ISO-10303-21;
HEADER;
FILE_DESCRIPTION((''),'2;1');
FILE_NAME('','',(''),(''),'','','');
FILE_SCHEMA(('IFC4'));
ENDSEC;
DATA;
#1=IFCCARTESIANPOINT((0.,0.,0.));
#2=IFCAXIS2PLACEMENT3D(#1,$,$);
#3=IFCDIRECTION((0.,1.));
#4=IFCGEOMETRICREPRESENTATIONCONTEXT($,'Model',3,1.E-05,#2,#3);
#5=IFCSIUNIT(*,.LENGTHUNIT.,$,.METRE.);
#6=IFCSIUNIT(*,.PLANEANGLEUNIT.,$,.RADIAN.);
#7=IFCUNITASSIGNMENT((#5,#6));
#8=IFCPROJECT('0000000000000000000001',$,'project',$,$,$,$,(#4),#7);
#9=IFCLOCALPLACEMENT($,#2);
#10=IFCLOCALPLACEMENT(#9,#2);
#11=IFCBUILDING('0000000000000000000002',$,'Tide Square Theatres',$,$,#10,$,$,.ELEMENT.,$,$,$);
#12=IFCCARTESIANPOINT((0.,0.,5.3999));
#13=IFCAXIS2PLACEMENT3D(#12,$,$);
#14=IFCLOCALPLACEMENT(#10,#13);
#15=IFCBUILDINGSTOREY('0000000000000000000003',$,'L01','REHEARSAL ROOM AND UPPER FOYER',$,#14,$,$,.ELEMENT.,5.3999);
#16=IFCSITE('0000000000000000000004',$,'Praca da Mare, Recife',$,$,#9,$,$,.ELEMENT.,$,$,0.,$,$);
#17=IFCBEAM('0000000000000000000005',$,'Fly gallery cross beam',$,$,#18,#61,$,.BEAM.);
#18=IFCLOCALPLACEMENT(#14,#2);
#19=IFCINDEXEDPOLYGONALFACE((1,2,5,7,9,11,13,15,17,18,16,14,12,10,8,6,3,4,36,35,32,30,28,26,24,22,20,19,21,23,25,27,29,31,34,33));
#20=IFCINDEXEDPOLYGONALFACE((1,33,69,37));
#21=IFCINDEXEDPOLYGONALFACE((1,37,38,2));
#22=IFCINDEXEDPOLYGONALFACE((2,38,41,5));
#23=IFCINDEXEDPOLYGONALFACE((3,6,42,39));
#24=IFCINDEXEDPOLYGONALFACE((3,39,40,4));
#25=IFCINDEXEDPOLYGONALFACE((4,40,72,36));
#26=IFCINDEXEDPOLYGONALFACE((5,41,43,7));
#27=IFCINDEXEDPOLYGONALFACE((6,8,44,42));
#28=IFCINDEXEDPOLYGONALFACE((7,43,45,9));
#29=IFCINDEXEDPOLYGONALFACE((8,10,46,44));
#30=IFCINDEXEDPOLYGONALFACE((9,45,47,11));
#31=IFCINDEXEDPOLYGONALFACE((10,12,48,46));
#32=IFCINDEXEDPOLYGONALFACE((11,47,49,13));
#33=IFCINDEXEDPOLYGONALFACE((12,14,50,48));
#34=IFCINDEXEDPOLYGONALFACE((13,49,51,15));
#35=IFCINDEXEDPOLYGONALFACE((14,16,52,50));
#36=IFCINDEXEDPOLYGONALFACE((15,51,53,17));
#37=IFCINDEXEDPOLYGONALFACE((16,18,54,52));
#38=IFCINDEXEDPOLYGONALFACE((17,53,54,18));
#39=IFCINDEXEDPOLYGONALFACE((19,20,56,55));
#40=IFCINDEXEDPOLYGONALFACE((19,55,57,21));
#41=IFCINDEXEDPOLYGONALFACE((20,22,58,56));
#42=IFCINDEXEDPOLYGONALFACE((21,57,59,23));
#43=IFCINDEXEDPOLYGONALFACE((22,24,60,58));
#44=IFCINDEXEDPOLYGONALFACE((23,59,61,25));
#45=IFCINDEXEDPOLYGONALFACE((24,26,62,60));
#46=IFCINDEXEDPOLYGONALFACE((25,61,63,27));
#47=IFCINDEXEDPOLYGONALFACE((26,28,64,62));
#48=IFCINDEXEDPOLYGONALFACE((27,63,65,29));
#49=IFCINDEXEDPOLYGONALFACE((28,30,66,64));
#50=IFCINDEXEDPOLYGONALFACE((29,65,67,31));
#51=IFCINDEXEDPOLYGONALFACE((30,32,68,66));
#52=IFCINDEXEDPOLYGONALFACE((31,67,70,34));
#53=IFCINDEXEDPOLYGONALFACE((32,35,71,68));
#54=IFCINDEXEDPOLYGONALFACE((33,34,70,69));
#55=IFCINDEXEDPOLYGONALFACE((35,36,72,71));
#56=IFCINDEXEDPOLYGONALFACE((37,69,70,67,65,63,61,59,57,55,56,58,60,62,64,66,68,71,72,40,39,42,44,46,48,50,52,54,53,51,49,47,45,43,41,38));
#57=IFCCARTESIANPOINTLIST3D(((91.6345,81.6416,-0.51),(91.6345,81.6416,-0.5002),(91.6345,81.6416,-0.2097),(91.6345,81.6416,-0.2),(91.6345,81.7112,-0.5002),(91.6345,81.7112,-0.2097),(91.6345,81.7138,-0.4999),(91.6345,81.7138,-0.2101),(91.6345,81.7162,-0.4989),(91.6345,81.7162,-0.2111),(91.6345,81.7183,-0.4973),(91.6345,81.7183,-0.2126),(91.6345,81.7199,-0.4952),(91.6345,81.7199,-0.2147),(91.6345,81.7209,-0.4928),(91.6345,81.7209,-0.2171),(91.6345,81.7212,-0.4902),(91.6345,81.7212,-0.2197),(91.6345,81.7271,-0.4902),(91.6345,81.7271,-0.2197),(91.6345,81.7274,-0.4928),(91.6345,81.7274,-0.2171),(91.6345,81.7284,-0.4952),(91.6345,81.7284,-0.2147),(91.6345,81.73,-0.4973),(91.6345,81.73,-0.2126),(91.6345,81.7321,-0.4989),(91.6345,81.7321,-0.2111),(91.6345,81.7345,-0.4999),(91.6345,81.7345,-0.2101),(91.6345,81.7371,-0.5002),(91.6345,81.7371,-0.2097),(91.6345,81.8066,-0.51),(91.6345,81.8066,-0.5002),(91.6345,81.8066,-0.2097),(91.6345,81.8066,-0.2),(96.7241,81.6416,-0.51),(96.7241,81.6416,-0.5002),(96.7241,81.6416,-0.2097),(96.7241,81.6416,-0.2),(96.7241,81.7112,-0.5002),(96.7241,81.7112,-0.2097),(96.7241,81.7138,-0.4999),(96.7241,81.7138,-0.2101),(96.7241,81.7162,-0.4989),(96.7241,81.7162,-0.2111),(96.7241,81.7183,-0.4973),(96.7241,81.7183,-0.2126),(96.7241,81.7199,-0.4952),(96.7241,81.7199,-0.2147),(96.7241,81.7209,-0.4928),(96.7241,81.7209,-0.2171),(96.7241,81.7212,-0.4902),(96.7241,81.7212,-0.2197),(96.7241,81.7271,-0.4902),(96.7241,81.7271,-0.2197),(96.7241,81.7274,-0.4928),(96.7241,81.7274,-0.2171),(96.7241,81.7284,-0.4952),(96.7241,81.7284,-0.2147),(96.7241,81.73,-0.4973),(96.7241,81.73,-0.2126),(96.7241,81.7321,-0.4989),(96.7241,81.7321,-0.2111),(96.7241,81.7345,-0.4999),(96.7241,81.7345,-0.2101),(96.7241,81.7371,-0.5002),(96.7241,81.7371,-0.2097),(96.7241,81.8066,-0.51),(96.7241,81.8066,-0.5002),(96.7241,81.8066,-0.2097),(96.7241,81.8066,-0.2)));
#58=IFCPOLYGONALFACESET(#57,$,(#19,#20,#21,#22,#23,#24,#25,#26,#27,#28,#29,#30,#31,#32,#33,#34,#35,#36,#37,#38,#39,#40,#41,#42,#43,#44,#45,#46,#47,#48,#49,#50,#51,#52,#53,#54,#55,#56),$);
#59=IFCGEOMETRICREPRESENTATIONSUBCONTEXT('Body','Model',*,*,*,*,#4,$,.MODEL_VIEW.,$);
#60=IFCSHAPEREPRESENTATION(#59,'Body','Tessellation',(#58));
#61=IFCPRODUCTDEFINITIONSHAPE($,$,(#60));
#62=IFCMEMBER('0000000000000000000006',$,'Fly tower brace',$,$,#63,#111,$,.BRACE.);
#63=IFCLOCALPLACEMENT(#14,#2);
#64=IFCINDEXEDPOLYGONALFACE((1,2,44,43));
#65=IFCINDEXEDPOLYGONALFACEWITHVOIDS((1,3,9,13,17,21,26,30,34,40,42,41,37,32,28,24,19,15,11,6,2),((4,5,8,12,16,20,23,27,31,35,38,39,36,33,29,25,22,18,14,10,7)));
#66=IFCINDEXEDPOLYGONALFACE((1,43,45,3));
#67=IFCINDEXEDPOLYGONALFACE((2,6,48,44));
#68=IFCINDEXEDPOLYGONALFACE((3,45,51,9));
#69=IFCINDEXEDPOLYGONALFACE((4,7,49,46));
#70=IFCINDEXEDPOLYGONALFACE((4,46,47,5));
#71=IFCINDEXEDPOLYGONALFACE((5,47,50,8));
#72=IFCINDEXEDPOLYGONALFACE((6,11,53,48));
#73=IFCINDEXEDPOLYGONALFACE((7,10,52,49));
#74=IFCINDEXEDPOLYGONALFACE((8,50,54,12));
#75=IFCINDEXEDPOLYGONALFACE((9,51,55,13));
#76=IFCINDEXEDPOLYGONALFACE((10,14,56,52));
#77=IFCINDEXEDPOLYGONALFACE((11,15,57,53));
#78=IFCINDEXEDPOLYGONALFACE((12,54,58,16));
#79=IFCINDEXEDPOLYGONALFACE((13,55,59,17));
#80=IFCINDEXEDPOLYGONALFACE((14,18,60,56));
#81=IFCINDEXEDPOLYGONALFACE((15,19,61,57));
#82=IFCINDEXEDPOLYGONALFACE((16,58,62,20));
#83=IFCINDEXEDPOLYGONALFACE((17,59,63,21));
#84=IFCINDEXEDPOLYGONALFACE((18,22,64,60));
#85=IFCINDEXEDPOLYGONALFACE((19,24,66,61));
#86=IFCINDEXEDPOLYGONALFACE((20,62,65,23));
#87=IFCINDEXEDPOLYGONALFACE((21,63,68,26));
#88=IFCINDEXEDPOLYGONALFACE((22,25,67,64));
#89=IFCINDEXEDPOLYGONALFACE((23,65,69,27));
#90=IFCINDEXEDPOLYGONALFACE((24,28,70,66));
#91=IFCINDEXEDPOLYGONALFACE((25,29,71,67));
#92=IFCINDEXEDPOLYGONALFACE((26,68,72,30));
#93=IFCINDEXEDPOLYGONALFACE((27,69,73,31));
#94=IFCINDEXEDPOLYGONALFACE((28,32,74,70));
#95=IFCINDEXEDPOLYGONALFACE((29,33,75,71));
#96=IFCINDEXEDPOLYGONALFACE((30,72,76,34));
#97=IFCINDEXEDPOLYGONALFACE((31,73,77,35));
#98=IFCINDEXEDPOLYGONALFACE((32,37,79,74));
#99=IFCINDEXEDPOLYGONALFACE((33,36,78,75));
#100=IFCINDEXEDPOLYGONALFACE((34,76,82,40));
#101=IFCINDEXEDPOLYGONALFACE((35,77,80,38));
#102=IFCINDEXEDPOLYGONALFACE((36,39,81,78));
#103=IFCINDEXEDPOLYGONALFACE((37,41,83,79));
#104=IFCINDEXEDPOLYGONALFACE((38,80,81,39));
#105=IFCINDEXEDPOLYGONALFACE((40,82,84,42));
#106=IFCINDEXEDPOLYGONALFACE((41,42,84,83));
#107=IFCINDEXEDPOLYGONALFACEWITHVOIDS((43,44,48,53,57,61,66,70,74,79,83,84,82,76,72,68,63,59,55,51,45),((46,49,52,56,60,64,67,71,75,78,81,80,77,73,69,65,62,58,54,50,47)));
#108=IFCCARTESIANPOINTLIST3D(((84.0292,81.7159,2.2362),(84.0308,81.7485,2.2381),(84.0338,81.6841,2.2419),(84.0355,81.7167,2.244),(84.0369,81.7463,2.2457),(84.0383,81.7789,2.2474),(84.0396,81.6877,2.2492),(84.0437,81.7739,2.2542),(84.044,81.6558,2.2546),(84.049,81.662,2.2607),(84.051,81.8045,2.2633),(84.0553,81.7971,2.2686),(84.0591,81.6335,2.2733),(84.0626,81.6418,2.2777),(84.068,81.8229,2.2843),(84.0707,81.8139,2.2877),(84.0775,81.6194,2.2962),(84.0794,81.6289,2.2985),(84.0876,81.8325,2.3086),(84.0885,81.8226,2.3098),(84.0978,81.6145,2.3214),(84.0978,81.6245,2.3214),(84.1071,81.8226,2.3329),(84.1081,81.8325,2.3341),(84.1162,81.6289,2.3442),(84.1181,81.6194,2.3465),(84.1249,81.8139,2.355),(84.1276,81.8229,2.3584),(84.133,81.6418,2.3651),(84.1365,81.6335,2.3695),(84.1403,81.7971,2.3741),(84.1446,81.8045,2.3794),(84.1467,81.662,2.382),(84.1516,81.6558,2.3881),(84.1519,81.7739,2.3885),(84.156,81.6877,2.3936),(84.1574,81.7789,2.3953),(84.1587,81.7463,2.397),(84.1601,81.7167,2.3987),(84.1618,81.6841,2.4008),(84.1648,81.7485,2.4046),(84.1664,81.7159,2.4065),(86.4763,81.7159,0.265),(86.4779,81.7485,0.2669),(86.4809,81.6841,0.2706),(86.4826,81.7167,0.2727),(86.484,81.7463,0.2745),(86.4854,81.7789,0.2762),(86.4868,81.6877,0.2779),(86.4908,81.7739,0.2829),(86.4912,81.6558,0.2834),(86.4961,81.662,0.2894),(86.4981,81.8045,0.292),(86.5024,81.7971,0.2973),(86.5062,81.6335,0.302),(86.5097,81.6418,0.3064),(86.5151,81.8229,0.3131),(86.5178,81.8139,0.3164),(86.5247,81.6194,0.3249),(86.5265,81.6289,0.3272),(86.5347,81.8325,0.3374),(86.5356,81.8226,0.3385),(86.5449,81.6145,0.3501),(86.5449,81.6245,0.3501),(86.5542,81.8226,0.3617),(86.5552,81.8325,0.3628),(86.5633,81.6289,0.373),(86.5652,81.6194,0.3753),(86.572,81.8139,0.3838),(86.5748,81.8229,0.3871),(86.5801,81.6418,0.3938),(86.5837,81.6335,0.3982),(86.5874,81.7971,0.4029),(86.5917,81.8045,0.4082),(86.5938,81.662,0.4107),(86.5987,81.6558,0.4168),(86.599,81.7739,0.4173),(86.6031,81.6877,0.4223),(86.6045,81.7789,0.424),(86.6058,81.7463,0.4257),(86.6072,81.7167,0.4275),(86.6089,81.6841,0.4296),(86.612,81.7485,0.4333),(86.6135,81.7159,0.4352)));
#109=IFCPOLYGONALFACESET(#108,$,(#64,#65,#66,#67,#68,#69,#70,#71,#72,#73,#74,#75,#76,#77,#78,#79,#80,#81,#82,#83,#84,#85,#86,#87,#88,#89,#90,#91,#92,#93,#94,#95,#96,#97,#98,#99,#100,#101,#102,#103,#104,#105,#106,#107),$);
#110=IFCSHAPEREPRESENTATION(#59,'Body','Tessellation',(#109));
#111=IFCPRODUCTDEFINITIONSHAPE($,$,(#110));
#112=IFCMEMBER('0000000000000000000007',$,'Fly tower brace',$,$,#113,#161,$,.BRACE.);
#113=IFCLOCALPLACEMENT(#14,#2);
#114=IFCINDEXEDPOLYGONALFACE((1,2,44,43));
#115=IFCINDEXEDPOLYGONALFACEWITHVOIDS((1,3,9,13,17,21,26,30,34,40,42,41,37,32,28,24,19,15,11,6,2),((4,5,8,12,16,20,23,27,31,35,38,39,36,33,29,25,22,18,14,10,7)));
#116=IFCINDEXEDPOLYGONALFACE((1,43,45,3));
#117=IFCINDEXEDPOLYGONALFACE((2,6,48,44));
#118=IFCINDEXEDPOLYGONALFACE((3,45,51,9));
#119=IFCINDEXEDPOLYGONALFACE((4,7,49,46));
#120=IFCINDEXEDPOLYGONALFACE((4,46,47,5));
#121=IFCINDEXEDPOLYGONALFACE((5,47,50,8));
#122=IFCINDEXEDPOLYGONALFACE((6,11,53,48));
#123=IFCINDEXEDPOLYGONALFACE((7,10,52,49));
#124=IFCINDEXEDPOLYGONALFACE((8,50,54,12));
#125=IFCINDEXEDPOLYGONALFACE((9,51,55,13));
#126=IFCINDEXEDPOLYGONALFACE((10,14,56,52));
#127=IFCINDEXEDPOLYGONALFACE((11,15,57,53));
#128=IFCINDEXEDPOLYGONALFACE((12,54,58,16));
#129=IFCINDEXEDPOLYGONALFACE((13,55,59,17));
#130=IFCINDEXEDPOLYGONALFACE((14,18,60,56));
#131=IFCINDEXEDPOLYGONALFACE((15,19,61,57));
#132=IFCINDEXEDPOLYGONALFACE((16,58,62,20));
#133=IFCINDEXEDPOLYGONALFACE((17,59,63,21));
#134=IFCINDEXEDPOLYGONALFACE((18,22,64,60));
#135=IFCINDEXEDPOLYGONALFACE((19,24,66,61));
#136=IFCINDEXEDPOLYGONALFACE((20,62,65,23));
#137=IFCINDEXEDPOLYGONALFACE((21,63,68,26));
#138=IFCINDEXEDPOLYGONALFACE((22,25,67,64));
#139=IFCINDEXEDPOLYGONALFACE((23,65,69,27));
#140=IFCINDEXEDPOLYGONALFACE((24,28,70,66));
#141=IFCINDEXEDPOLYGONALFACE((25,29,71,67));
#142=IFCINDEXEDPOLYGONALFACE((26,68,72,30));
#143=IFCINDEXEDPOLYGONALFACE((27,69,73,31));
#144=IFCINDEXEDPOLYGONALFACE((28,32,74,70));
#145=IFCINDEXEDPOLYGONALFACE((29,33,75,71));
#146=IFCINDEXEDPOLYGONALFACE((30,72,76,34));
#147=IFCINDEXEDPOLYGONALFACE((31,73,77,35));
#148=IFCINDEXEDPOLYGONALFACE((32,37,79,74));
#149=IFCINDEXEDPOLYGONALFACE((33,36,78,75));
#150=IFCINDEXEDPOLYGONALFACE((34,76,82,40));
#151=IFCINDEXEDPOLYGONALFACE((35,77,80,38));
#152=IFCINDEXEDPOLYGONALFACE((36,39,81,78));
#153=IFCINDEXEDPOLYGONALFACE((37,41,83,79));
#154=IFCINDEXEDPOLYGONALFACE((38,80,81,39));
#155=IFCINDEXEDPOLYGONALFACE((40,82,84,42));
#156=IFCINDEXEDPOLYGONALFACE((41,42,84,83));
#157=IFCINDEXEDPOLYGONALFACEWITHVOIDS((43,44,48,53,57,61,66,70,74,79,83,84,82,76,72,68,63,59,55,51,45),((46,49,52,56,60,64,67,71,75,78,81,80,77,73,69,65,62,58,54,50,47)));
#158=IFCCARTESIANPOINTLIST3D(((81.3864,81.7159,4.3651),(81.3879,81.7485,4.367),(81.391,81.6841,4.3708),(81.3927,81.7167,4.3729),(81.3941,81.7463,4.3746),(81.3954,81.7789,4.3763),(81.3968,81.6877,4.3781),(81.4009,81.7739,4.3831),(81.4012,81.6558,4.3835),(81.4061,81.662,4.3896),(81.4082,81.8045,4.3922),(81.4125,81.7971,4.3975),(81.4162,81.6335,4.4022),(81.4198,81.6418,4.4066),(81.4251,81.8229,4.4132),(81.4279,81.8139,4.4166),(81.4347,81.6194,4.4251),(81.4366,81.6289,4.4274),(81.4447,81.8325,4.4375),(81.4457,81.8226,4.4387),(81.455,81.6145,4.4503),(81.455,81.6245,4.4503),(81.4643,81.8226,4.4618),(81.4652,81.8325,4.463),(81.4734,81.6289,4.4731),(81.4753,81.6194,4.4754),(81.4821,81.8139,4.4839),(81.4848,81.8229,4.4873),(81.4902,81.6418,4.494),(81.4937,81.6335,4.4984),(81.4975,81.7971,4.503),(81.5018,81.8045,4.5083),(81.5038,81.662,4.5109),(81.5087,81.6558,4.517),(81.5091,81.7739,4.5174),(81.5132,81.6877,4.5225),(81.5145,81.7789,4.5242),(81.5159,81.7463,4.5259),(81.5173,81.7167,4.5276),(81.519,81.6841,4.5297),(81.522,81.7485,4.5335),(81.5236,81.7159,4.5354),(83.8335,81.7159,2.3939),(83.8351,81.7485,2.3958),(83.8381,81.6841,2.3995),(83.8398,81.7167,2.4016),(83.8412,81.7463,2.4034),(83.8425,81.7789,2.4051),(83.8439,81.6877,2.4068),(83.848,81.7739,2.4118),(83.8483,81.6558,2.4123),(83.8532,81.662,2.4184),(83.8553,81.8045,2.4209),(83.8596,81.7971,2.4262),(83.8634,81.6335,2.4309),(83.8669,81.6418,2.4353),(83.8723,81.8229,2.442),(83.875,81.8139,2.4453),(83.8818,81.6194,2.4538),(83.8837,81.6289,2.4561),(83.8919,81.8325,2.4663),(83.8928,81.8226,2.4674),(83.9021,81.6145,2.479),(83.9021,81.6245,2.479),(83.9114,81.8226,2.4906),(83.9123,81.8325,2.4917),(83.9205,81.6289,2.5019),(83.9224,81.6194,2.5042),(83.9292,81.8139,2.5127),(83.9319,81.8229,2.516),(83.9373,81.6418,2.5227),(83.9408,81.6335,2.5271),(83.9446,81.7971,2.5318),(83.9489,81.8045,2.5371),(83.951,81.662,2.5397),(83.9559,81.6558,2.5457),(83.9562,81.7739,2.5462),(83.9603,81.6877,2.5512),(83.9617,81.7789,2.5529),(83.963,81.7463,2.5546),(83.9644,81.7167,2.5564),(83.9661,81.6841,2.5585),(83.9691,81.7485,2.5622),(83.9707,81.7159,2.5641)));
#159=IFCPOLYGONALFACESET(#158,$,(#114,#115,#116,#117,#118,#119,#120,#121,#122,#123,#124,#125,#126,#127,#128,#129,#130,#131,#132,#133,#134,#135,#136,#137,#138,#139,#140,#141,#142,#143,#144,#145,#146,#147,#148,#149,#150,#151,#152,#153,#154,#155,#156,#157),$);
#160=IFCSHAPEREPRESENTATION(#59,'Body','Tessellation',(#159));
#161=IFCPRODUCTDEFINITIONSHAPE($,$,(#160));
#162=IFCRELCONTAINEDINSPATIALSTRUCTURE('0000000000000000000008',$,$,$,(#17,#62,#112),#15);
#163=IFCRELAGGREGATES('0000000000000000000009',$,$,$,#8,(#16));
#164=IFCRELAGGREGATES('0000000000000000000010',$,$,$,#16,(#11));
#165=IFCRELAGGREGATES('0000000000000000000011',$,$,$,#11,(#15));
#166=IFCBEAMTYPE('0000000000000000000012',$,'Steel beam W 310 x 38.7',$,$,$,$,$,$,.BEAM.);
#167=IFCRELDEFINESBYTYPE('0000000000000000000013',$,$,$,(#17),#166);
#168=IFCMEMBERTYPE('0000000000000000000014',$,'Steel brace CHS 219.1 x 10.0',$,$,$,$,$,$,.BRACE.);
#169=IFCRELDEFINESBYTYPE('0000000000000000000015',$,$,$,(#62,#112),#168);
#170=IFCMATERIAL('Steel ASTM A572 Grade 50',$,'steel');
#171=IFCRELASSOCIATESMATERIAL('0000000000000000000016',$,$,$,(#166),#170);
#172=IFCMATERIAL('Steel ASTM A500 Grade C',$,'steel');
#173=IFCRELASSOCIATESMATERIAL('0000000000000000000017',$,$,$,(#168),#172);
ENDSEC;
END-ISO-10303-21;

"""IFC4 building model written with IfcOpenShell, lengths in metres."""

from ifc_helpers import new_model, si_unit, direction, frame, origin, origin_2d, place, context, subcontext, project, spatial, hollow_circle, i_section, extrude, material, material_profile, profile_set, type_object, element, save


model = new_model("IFC4")

# Units and contexts
model_context = context("Model", 3, precision=1e-05, world=origin(), true_north=direction((0.0, 1.0)))
body_context = subcontext(model_context, "Body", "Model", "MODEL_VIEW")
ifc_project = project(units=[si_unit("LENGTHUNIT", "METRE"), si_unit("PLANEANGLEUNIT", "RADIAN")], contexts=[model_context])

# Site, building, storey
site_placement = place(None, origin())
site = spatial("IfcSite", under=ifc_project, at=site_placement, Name="Praca da Mare, Recife", CompositionType="ELEMENT", RefElevation=0.0)
building_placement = place(site_placement, origin())
building = spatial("IfcBuilding", under=site, at=building_placement, Name="Tide Square Theatres", CompositionType="ELEMENT")
storey_placement = place(building_placement, frame((0.0, 0.0, 5.3999)))
storey = spatial("IfcBuildingStorey", under=building, at=storey_placement, Name="L01", Description="REHEARSAL ROOM AND UPPER FOYER", CompositionType="ELEMENT", Elevation=5.3999)

# Beam
ifc_material_1 = material(Name="Steel ASTM A572 Grade 50", Category="steel")
ifc_material_profile_1 = material_profile(ifc_material_1, i_section(OverallWidth=0.165, OverallDepth=0.3101, WebThickness=0.0059, FlangeThickness=0.0098, FilletRadius=0.01, at=origin_2d()))
ifc_profile_set_1 = profile_set([ifc_material_profile_1], Name="Steel ASTM A572 Grade 50")
beam_type = type_object("IfcBeamType", Name="Steel beam W 310 x 38.7", PredefinedType="BEAM", material=ifc_profile_set_1)
for number, where, z_axis, x_axis, name in (
    (1, (91.6345, 81.7241, -0.355), (1.0, 0.0, 0.0), (0.0, 1.0, 0.0), "Fly gallery cross beam"),
):
    element("IfcBeam", number, at=place(storey_placement, frame(where, z_axis=z_axis, x_axis=x_axis)), inside=storey, type_object=beam_type, Name=name, PredefinedType="BEAM", context=body_context, shape_type="SweptSolid", body=[
        extrude(i_section(OverallWidth=0.165, OverallDepth=0.3101, WebThickness=0.0059, FlangeThickness=0.0098, FilletRadius=0.01, at=origin_2d()), origin(), (0.0, 0.0, 1.0), 5.0896),
    ])

# Members
ifc_material_2 = material(Name="Steel ASTM A500 Grade C", Category="steel")
ifc_material_profile_2 = material_profile(ifc_material_2, hollow_circle(Radius=0.1096, WallThickness=0.01, at=origin_2d()))
ifc_profile_set_2 = profile_set([ifc_material_profile_2], Name="Steel ASTM A500 Grade C")
member_type = type_object("IfcMemberType", Name="Steel brace CHS 219.1 x 10.0", PredefinedType="BRACE", material=ifc_profile_set_2)
for number, where, z_axis, x_axis, name in (
    (2, (86.5449, 81.7241, 0.3501), (-0.778757, 0.0, 0.627326), (0.0, -1.0, 0.0), "Fly tower brace"),
    (3, (83.9021, 81.7241, 2.479), (-0.778757, 0.0, 0.627326), (0.0, -1.0, 0.0), "Fly tower brace"),
):
    element("IfcMember", number, at=place(storey_placement, frame(where, z_axis=z_axis, x_axis=x_axis)), inside=storey, type_object=member_type, Name=name, PredefinedType="BRACE", context=body_context, shape_type="SweptSolid", body=[
        extrude(hollow_circle(Radius=0.1096, WallThickness=0.01, at=origin_2d()), origin(), (0.0, 0.0, 1.0), 3.1423),
    ])

save(model, "model.ifc")
